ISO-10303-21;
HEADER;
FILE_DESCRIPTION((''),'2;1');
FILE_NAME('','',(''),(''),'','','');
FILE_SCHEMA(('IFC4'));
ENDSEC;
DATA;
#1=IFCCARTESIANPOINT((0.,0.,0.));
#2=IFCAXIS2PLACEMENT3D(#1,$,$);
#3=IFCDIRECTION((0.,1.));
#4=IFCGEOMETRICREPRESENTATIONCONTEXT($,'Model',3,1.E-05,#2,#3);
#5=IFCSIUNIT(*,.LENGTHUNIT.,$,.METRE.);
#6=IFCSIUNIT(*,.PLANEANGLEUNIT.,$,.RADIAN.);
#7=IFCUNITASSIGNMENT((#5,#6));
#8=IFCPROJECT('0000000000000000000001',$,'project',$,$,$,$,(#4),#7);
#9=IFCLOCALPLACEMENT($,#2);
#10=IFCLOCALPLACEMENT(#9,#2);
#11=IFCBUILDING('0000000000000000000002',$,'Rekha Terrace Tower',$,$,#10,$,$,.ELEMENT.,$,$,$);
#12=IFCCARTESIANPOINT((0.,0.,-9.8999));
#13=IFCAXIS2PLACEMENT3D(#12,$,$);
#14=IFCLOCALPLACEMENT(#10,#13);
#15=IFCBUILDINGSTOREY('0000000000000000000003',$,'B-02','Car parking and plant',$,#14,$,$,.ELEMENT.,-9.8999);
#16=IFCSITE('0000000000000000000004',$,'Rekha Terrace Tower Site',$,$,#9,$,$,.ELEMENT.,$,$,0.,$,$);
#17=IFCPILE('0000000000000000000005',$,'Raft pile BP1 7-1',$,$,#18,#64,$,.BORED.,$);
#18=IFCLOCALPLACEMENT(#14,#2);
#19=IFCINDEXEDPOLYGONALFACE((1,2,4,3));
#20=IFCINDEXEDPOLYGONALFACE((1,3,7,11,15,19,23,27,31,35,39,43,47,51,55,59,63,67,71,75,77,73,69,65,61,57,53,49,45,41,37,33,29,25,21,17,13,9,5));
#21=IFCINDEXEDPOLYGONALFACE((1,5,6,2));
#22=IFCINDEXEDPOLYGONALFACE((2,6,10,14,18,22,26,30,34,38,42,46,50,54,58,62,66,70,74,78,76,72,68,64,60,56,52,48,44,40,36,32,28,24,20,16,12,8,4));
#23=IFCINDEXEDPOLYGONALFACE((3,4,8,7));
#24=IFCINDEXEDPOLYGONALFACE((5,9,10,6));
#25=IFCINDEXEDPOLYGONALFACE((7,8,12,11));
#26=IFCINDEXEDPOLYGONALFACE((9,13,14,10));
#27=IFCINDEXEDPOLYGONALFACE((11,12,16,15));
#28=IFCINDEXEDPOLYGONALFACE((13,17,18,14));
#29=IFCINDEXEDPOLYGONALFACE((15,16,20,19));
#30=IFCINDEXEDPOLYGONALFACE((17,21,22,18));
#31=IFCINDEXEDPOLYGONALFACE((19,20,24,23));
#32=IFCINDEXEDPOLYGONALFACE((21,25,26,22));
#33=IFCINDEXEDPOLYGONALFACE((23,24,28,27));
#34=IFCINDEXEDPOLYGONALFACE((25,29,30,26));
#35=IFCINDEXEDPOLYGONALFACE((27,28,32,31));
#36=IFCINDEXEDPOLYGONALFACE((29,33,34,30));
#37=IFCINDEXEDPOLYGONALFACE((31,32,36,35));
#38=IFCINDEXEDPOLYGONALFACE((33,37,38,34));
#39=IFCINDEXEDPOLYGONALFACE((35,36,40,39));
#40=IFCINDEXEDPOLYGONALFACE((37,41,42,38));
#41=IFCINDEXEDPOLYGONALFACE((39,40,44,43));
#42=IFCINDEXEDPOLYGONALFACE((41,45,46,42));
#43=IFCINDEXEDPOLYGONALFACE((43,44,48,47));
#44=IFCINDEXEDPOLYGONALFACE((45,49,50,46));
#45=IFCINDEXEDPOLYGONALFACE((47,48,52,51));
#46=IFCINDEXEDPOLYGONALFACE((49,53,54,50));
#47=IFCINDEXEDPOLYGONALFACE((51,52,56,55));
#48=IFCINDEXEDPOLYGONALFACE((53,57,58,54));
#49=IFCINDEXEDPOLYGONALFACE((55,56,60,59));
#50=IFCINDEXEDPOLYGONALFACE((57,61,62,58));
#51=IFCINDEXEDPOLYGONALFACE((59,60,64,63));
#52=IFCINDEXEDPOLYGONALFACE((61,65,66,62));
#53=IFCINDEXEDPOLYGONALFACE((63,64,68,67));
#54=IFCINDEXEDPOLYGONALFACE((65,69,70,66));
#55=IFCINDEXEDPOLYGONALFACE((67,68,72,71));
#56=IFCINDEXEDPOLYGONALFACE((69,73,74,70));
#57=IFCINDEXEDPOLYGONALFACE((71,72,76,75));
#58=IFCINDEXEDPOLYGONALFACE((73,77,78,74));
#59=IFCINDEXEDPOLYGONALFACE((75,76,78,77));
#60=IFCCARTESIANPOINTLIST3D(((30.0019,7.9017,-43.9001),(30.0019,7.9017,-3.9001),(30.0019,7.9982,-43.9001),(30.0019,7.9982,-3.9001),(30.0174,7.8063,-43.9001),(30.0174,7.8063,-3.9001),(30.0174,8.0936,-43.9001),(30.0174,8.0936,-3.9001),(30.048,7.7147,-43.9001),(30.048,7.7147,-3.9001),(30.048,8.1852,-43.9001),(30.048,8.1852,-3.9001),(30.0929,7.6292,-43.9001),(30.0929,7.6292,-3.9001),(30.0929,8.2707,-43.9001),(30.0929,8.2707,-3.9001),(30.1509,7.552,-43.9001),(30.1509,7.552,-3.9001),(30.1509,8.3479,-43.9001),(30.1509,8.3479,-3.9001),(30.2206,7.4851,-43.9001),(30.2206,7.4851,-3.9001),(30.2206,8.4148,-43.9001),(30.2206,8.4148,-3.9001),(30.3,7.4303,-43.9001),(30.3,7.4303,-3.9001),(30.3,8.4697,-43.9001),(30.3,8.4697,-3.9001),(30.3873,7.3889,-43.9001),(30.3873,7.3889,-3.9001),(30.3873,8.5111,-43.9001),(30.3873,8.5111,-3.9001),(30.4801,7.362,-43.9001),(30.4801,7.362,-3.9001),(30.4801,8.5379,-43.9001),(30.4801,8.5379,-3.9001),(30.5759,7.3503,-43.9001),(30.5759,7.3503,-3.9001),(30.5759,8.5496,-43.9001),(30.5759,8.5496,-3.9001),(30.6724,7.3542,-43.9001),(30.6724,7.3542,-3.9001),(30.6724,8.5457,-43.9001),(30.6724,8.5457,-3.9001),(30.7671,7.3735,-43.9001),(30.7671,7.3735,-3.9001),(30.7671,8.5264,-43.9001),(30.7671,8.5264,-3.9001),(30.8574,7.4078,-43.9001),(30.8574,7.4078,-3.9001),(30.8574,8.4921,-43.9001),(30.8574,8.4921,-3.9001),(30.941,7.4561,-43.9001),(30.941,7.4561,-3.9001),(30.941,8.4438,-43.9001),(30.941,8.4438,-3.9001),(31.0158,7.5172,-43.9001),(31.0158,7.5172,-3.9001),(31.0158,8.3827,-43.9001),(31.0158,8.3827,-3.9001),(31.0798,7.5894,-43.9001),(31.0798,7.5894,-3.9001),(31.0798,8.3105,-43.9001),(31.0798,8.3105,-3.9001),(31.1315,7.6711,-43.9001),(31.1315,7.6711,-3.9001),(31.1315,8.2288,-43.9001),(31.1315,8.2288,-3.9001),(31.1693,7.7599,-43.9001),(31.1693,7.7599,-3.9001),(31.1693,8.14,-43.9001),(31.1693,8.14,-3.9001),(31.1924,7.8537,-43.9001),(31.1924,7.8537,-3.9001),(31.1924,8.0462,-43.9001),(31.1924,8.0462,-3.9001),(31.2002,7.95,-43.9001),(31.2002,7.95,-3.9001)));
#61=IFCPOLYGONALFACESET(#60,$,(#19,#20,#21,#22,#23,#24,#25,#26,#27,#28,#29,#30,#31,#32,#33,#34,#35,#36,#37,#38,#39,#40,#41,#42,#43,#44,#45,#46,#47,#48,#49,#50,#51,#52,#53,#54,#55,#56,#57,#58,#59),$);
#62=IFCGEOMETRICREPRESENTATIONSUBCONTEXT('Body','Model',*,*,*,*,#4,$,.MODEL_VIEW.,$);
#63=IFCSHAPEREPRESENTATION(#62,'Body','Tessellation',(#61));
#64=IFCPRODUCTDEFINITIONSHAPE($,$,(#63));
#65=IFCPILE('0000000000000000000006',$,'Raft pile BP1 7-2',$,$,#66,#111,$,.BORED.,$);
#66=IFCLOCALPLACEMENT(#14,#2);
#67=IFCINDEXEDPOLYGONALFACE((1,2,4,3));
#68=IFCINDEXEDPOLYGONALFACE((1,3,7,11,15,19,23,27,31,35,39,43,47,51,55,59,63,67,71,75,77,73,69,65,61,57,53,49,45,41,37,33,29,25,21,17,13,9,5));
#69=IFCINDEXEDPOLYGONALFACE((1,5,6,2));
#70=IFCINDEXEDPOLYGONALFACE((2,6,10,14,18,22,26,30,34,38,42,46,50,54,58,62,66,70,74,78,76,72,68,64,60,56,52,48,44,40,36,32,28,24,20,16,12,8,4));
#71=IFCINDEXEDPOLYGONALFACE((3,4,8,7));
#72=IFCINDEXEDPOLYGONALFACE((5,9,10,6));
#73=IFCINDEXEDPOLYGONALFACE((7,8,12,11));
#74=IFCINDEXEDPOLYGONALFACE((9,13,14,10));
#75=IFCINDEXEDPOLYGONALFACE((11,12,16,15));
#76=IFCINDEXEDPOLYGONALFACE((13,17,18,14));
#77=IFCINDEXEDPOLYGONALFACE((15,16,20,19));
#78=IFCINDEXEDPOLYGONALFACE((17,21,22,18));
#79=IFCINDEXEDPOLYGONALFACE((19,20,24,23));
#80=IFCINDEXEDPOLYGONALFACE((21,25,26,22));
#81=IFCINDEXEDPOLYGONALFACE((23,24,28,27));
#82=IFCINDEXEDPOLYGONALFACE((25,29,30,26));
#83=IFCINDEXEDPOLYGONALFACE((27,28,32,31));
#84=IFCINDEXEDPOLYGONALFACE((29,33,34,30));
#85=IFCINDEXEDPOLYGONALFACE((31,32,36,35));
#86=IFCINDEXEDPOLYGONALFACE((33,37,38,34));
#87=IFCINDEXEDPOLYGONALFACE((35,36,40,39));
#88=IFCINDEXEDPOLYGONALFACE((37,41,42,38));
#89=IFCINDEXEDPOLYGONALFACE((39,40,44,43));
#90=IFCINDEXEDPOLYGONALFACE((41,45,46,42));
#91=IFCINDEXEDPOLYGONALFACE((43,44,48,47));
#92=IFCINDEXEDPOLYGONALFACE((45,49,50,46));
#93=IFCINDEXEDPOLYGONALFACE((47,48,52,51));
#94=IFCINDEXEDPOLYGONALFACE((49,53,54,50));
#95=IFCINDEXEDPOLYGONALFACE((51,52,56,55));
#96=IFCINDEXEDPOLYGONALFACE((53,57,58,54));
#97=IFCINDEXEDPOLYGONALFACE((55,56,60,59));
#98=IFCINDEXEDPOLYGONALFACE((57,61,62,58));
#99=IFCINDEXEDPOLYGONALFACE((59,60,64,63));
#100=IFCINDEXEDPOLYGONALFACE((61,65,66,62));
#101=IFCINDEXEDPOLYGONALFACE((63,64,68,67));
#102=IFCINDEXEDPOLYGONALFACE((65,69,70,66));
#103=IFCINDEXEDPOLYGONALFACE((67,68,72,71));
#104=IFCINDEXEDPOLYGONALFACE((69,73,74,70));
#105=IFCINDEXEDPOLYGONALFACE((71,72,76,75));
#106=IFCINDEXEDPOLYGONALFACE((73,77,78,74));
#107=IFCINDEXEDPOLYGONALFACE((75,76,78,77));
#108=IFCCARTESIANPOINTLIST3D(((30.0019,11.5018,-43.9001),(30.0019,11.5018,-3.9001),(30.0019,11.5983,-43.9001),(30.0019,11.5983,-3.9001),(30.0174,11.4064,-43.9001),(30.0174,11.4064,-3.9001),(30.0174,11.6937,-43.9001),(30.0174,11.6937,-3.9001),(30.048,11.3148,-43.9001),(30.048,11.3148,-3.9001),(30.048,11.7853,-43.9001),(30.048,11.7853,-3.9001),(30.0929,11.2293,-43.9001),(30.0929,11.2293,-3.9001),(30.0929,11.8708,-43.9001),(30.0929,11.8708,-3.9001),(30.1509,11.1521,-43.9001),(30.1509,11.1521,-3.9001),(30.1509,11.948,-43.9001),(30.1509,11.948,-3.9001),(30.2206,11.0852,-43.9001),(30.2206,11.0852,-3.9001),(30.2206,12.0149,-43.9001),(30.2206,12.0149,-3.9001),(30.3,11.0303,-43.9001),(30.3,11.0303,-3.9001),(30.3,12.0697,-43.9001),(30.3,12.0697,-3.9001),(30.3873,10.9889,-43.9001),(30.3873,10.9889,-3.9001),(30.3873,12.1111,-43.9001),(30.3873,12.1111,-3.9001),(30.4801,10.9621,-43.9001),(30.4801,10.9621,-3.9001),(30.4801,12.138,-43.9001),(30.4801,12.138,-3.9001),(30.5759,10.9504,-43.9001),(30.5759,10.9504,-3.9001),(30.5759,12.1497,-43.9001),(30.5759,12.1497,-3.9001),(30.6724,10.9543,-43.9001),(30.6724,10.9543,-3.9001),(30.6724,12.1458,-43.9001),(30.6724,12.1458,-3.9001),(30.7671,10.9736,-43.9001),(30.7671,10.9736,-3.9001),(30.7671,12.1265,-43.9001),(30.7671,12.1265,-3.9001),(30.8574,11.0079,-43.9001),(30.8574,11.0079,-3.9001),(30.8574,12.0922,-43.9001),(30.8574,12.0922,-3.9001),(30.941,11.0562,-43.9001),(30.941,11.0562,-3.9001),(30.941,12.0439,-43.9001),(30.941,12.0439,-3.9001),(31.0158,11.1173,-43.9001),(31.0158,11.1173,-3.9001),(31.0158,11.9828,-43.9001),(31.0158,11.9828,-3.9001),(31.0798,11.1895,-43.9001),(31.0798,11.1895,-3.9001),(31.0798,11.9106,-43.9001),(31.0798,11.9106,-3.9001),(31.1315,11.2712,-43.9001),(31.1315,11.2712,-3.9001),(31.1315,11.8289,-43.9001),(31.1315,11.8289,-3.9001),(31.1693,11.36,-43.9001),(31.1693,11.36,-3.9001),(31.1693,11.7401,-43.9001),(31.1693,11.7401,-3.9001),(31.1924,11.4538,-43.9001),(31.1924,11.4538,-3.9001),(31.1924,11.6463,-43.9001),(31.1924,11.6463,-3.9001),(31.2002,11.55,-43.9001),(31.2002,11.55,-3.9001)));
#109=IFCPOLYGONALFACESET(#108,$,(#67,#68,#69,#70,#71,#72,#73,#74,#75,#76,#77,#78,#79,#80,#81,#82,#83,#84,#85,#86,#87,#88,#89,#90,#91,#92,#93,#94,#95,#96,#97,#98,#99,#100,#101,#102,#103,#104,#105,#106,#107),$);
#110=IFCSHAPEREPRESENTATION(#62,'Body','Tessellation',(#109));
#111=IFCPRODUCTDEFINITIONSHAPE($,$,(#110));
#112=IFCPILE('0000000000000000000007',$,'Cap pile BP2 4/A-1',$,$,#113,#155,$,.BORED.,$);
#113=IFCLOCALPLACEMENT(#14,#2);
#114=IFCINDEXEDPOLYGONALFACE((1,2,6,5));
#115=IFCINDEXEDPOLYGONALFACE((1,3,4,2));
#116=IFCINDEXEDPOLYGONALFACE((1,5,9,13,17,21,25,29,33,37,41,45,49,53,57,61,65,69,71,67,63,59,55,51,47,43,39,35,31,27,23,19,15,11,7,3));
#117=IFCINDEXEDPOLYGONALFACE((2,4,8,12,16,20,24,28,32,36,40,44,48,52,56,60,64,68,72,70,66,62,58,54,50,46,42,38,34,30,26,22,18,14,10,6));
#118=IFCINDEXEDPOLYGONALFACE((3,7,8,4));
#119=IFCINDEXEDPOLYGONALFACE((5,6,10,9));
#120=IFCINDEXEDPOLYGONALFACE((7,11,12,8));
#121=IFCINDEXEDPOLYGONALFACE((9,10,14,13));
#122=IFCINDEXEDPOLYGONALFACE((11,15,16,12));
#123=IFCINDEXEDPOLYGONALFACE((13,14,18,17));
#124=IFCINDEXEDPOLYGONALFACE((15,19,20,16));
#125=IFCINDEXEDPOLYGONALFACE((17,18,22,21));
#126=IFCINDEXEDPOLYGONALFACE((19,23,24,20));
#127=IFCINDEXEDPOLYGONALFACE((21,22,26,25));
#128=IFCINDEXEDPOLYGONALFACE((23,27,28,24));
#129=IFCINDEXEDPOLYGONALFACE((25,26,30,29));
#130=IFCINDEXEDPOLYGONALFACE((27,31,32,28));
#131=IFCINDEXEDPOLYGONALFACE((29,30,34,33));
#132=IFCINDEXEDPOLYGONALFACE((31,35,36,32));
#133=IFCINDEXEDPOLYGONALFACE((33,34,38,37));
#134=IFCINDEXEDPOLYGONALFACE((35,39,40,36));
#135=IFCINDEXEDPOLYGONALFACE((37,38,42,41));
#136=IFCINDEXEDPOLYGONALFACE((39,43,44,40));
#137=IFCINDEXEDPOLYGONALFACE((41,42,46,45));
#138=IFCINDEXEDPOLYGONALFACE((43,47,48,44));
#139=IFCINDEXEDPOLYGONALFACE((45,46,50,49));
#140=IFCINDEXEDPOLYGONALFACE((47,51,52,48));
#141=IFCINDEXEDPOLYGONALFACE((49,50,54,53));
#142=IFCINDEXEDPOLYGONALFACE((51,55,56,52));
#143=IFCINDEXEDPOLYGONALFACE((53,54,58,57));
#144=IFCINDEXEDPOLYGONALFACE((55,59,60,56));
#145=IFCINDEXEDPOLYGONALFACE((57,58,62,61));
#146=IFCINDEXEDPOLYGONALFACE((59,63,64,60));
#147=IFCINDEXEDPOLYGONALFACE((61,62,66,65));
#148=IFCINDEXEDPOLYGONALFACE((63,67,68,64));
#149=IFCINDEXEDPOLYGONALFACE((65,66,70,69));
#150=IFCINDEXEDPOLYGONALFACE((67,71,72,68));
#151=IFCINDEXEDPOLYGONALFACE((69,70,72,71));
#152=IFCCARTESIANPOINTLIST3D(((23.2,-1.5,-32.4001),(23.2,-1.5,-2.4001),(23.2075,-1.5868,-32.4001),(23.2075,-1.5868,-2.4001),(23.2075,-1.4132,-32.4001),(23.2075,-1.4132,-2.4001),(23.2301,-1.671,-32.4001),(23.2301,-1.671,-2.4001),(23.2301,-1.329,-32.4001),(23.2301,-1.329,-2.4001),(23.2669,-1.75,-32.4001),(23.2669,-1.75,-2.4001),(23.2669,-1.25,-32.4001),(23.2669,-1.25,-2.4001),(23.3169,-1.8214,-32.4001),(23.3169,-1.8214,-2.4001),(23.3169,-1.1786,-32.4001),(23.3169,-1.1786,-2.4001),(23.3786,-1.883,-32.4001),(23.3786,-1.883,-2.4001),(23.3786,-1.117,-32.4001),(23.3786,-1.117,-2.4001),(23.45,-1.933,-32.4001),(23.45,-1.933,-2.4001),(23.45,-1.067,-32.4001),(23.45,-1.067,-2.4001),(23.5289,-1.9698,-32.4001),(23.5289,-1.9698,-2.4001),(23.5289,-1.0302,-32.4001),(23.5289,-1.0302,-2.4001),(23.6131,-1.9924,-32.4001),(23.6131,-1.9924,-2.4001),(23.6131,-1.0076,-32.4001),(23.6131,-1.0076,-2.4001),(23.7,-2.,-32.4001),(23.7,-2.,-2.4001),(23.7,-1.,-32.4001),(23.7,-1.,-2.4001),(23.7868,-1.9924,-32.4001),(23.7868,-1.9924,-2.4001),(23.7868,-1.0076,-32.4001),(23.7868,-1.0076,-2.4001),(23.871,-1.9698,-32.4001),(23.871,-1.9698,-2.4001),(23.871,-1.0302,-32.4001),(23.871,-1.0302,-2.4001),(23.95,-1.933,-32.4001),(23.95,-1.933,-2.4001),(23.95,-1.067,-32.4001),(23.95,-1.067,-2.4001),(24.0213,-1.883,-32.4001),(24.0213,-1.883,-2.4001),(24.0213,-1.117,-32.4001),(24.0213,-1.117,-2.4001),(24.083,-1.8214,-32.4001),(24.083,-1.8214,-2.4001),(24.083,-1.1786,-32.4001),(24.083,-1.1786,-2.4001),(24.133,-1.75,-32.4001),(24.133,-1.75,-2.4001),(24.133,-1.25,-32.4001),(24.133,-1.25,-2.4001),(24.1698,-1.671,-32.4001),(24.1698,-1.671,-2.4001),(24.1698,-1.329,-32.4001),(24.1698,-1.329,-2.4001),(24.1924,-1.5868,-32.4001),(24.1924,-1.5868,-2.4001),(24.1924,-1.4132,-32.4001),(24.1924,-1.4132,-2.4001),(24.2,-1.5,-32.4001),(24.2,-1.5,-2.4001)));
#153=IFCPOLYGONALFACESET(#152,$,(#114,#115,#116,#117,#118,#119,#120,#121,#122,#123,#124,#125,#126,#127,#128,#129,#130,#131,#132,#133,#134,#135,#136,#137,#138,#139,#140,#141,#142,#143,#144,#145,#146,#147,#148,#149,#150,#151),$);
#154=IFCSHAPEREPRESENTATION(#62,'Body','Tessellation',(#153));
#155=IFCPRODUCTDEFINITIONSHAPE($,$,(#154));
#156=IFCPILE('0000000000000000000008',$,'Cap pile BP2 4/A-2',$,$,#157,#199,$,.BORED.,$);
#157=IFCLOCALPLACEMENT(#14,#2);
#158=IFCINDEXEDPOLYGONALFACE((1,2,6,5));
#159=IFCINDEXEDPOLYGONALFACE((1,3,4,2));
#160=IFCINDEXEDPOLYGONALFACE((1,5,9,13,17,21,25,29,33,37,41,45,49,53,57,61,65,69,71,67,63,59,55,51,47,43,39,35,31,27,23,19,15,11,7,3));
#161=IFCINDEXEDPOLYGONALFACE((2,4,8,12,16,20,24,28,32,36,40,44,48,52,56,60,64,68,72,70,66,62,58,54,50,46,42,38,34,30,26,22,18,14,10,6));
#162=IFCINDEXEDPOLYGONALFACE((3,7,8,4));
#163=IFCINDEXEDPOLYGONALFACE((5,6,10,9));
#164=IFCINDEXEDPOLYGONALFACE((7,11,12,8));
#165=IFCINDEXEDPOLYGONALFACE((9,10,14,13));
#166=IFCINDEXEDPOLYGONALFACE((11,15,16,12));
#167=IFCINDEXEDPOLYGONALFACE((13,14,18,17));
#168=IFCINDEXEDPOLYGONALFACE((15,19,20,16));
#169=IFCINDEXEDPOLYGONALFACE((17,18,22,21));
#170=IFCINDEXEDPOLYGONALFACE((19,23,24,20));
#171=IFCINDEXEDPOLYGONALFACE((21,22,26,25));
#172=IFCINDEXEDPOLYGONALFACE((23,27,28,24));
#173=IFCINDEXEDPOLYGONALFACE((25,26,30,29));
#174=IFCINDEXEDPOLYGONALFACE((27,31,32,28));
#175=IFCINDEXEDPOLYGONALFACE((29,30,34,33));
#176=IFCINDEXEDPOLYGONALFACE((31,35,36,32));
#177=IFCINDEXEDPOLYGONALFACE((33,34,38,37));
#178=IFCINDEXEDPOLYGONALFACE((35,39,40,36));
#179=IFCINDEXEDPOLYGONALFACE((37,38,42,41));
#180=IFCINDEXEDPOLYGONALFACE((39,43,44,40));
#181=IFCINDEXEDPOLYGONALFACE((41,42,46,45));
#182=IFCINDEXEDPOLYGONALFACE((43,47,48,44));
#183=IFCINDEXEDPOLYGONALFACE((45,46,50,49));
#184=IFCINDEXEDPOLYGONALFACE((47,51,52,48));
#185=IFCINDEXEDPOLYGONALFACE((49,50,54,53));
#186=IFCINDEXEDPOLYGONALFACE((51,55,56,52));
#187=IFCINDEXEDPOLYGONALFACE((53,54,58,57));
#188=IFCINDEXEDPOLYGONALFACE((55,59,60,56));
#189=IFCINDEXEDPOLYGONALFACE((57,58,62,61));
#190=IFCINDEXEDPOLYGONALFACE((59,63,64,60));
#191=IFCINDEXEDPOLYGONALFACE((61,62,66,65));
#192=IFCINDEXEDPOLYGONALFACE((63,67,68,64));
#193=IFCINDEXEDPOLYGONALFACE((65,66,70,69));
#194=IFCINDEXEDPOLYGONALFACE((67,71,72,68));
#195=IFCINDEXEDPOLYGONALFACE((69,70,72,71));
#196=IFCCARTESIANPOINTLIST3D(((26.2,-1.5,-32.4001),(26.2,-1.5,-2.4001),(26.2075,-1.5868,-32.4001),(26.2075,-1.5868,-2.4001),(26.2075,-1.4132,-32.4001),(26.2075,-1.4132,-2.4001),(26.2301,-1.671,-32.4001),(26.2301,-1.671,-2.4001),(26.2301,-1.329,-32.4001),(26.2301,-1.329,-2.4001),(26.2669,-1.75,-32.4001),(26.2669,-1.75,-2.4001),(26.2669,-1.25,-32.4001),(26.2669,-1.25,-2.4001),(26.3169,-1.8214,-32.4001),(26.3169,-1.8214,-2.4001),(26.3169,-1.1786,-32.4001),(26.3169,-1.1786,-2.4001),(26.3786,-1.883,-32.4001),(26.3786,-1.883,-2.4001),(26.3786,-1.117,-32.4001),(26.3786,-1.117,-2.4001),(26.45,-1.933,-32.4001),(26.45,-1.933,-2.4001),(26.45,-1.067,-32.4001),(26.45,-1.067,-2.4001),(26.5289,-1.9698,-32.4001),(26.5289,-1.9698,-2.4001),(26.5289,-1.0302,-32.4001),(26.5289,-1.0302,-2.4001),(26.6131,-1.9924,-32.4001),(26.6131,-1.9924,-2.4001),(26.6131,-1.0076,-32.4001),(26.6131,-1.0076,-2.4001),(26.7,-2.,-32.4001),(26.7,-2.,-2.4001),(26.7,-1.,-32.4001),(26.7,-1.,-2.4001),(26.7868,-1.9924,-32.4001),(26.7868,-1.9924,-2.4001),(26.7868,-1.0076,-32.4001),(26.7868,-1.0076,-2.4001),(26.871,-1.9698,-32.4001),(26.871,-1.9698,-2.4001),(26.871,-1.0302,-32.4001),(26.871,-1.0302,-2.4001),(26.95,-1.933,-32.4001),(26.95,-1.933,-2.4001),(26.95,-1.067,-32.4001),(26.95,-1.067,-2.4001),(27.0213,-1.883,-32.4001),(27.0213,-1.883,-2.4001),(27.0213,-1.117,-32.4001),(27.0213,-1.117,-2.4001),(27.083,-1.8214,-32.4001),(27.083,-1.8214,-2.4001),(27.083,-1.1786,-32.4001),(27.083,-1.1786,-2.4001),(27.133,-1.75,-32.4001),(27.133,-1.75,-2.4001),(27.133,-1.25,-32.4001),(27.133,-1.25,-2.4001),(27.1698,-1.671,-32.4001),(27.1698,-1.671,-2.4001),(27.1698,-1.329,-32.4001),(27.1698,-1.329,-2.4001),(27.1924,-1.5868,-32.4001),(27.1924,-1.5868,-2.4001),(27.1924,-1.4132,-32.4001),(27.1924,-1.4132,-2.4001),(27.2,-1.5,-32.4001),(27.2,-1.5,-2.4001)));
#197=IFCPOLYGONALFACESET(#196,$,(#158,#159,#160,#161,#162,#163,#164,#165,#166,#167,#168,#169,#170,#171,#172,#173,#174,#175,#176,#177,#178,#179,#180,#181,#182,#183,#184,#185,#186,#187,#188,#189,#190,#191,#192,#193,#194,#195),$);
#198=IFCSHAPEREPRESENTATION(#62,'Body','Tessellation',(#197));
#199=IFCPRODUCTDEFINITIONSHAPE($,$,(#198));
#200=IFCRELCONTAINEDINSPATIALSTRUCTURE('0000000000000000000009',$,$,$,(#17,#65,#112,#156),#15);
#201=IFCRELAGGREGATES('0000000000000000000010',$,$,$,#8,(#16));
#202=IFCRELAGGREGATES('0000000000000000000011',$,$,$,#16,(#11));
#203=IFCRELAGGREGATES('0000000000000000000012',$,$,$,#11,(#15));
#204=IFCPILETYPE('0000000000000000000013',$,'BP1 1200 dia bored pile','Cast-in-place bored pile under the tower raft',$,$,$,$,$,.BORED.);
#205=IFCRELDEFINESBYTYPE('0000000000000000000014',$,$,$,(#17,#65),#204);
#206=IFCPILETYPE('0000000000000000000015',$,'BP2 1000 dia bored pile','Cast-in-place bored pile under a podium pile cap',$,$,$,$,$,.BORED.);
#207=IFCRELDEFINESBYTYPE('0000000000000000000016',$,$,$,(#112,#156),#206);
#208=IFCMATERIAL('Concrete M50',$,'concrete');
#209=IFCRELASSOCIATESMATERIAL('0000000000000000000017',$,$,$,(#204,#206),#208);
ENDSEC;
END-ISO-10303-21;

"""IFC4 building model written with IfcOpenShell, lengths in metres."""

from ifc_helpers import new_model, si_unit, direction, frame, origin, origin_2d, place, context, subcontext, project, spatial, circle, extrude, material, type_object, element, save


model = new_model("IFC4")

# Units and contexts
model_context = context("Model", 3, precision=1e-05, world=origin(), true_north=direction((0.0, 1.0)))
body_context = subcontext(model_context, "Body", "Model", "MODEL_VIEW")
ifc_project = project(units=[si_unit("LENGTHUNIT", "METRE"), si_unit("PLANEANGLEUNIT", "RADIAN")], contexts=[model_context])

# Site, building, storey
site_placement = place(None, origin())
site = spatial("IfcSite", under=ifc_project, at=site_placement, Name="Rekha Terrace Tower Site", CompositionType="ELEMENT", RefElevation=0.0)
building_placement = place(site_placement, origin())
building = spatial("IfcBuilding", under=site, at=building_placement, Name="Rekha Terrace Tower", CompositionType="ELEMENT")
storey_placement = place(building_placement, frame((0.0, 0.0, -9.8999)))
storey = spatial("IfcBuildingStorey", under=building, at=storey_placement, Name="B-02", Description="Car parking and plant", CompositionType="ELEMENT", Elevation=-9.8999)

# Piles
ifc_material_1 = material(Name="Concrete M50", Category="concrete")
pile_type_1 = type_object("IfcPileType", Name="BP1 1200 dia bored pile", Description="Cast-in-place bored pile under the tower raft", PredefinedType="BORED", material=ifc_material_1)
for number, where, z_axis, x_axis, name in (
    (1, (30.6001, 7.95, -3.9001), (0.0, 0.0, -1.0), (1.0, 0.0, 0.0), "Raft pile BP1 7-1"),
    (2, (30.6001, 11.55, -3.9001), (0.0, 0.0, -1.0), (1.0, 0.0, 0.0), "Raft pile BP1 7-2"),
):
    element("IfcPile", number, at=place(storey_placement, frame(where, z_axis=z_axis, x_axis=x_axis)), inside=storey, type_object=pile_type_1, Name=name, PredefinedType="BORED", context=body_context, shape_type="SweptSolid", body=[
        extrude(circle(Radius=0.6001, at=origin_2d()), origin(), (0.0, 0.0, 1.0), 40.0),
    ])
pile_type_2 = type_object("IfcPileType", Name="BP2 1000 dia bored pile", Description="Cast-in-place bored pile under a podium pile cap", PredefinedType="BORED", material=ifc_material_1)
for number, where, z_axis, x_axis, name in (
    (3, (23.7, -1.5, -2.4001), (0.0, 0.0, -1.0), (1.0, 0.0, 0.0), "Cap pile BP2 4/A-1"),
    (4, (26.7, -1.5, -2.4001), (0.0, 0.0, -1.0), (1.0, 0.0, 0.0), "Cap pile BP2 4/A-2"),
):
    element("IfcPile", number, at=place(storey_placement, frame(where, z_axis=z_axis, x_axis=x_axis)), inside=storey, type_object=pile_type_2, Name=name, PredefinedType="BORED", context=body_context, shape_type="SweptSolid", body=[
        extrude(circle(Radius=0.5, at=origin_2d()), origin(), (0.0, 0.0, 1.0), 30.0),
    ])

save(model, "model.ifc")
